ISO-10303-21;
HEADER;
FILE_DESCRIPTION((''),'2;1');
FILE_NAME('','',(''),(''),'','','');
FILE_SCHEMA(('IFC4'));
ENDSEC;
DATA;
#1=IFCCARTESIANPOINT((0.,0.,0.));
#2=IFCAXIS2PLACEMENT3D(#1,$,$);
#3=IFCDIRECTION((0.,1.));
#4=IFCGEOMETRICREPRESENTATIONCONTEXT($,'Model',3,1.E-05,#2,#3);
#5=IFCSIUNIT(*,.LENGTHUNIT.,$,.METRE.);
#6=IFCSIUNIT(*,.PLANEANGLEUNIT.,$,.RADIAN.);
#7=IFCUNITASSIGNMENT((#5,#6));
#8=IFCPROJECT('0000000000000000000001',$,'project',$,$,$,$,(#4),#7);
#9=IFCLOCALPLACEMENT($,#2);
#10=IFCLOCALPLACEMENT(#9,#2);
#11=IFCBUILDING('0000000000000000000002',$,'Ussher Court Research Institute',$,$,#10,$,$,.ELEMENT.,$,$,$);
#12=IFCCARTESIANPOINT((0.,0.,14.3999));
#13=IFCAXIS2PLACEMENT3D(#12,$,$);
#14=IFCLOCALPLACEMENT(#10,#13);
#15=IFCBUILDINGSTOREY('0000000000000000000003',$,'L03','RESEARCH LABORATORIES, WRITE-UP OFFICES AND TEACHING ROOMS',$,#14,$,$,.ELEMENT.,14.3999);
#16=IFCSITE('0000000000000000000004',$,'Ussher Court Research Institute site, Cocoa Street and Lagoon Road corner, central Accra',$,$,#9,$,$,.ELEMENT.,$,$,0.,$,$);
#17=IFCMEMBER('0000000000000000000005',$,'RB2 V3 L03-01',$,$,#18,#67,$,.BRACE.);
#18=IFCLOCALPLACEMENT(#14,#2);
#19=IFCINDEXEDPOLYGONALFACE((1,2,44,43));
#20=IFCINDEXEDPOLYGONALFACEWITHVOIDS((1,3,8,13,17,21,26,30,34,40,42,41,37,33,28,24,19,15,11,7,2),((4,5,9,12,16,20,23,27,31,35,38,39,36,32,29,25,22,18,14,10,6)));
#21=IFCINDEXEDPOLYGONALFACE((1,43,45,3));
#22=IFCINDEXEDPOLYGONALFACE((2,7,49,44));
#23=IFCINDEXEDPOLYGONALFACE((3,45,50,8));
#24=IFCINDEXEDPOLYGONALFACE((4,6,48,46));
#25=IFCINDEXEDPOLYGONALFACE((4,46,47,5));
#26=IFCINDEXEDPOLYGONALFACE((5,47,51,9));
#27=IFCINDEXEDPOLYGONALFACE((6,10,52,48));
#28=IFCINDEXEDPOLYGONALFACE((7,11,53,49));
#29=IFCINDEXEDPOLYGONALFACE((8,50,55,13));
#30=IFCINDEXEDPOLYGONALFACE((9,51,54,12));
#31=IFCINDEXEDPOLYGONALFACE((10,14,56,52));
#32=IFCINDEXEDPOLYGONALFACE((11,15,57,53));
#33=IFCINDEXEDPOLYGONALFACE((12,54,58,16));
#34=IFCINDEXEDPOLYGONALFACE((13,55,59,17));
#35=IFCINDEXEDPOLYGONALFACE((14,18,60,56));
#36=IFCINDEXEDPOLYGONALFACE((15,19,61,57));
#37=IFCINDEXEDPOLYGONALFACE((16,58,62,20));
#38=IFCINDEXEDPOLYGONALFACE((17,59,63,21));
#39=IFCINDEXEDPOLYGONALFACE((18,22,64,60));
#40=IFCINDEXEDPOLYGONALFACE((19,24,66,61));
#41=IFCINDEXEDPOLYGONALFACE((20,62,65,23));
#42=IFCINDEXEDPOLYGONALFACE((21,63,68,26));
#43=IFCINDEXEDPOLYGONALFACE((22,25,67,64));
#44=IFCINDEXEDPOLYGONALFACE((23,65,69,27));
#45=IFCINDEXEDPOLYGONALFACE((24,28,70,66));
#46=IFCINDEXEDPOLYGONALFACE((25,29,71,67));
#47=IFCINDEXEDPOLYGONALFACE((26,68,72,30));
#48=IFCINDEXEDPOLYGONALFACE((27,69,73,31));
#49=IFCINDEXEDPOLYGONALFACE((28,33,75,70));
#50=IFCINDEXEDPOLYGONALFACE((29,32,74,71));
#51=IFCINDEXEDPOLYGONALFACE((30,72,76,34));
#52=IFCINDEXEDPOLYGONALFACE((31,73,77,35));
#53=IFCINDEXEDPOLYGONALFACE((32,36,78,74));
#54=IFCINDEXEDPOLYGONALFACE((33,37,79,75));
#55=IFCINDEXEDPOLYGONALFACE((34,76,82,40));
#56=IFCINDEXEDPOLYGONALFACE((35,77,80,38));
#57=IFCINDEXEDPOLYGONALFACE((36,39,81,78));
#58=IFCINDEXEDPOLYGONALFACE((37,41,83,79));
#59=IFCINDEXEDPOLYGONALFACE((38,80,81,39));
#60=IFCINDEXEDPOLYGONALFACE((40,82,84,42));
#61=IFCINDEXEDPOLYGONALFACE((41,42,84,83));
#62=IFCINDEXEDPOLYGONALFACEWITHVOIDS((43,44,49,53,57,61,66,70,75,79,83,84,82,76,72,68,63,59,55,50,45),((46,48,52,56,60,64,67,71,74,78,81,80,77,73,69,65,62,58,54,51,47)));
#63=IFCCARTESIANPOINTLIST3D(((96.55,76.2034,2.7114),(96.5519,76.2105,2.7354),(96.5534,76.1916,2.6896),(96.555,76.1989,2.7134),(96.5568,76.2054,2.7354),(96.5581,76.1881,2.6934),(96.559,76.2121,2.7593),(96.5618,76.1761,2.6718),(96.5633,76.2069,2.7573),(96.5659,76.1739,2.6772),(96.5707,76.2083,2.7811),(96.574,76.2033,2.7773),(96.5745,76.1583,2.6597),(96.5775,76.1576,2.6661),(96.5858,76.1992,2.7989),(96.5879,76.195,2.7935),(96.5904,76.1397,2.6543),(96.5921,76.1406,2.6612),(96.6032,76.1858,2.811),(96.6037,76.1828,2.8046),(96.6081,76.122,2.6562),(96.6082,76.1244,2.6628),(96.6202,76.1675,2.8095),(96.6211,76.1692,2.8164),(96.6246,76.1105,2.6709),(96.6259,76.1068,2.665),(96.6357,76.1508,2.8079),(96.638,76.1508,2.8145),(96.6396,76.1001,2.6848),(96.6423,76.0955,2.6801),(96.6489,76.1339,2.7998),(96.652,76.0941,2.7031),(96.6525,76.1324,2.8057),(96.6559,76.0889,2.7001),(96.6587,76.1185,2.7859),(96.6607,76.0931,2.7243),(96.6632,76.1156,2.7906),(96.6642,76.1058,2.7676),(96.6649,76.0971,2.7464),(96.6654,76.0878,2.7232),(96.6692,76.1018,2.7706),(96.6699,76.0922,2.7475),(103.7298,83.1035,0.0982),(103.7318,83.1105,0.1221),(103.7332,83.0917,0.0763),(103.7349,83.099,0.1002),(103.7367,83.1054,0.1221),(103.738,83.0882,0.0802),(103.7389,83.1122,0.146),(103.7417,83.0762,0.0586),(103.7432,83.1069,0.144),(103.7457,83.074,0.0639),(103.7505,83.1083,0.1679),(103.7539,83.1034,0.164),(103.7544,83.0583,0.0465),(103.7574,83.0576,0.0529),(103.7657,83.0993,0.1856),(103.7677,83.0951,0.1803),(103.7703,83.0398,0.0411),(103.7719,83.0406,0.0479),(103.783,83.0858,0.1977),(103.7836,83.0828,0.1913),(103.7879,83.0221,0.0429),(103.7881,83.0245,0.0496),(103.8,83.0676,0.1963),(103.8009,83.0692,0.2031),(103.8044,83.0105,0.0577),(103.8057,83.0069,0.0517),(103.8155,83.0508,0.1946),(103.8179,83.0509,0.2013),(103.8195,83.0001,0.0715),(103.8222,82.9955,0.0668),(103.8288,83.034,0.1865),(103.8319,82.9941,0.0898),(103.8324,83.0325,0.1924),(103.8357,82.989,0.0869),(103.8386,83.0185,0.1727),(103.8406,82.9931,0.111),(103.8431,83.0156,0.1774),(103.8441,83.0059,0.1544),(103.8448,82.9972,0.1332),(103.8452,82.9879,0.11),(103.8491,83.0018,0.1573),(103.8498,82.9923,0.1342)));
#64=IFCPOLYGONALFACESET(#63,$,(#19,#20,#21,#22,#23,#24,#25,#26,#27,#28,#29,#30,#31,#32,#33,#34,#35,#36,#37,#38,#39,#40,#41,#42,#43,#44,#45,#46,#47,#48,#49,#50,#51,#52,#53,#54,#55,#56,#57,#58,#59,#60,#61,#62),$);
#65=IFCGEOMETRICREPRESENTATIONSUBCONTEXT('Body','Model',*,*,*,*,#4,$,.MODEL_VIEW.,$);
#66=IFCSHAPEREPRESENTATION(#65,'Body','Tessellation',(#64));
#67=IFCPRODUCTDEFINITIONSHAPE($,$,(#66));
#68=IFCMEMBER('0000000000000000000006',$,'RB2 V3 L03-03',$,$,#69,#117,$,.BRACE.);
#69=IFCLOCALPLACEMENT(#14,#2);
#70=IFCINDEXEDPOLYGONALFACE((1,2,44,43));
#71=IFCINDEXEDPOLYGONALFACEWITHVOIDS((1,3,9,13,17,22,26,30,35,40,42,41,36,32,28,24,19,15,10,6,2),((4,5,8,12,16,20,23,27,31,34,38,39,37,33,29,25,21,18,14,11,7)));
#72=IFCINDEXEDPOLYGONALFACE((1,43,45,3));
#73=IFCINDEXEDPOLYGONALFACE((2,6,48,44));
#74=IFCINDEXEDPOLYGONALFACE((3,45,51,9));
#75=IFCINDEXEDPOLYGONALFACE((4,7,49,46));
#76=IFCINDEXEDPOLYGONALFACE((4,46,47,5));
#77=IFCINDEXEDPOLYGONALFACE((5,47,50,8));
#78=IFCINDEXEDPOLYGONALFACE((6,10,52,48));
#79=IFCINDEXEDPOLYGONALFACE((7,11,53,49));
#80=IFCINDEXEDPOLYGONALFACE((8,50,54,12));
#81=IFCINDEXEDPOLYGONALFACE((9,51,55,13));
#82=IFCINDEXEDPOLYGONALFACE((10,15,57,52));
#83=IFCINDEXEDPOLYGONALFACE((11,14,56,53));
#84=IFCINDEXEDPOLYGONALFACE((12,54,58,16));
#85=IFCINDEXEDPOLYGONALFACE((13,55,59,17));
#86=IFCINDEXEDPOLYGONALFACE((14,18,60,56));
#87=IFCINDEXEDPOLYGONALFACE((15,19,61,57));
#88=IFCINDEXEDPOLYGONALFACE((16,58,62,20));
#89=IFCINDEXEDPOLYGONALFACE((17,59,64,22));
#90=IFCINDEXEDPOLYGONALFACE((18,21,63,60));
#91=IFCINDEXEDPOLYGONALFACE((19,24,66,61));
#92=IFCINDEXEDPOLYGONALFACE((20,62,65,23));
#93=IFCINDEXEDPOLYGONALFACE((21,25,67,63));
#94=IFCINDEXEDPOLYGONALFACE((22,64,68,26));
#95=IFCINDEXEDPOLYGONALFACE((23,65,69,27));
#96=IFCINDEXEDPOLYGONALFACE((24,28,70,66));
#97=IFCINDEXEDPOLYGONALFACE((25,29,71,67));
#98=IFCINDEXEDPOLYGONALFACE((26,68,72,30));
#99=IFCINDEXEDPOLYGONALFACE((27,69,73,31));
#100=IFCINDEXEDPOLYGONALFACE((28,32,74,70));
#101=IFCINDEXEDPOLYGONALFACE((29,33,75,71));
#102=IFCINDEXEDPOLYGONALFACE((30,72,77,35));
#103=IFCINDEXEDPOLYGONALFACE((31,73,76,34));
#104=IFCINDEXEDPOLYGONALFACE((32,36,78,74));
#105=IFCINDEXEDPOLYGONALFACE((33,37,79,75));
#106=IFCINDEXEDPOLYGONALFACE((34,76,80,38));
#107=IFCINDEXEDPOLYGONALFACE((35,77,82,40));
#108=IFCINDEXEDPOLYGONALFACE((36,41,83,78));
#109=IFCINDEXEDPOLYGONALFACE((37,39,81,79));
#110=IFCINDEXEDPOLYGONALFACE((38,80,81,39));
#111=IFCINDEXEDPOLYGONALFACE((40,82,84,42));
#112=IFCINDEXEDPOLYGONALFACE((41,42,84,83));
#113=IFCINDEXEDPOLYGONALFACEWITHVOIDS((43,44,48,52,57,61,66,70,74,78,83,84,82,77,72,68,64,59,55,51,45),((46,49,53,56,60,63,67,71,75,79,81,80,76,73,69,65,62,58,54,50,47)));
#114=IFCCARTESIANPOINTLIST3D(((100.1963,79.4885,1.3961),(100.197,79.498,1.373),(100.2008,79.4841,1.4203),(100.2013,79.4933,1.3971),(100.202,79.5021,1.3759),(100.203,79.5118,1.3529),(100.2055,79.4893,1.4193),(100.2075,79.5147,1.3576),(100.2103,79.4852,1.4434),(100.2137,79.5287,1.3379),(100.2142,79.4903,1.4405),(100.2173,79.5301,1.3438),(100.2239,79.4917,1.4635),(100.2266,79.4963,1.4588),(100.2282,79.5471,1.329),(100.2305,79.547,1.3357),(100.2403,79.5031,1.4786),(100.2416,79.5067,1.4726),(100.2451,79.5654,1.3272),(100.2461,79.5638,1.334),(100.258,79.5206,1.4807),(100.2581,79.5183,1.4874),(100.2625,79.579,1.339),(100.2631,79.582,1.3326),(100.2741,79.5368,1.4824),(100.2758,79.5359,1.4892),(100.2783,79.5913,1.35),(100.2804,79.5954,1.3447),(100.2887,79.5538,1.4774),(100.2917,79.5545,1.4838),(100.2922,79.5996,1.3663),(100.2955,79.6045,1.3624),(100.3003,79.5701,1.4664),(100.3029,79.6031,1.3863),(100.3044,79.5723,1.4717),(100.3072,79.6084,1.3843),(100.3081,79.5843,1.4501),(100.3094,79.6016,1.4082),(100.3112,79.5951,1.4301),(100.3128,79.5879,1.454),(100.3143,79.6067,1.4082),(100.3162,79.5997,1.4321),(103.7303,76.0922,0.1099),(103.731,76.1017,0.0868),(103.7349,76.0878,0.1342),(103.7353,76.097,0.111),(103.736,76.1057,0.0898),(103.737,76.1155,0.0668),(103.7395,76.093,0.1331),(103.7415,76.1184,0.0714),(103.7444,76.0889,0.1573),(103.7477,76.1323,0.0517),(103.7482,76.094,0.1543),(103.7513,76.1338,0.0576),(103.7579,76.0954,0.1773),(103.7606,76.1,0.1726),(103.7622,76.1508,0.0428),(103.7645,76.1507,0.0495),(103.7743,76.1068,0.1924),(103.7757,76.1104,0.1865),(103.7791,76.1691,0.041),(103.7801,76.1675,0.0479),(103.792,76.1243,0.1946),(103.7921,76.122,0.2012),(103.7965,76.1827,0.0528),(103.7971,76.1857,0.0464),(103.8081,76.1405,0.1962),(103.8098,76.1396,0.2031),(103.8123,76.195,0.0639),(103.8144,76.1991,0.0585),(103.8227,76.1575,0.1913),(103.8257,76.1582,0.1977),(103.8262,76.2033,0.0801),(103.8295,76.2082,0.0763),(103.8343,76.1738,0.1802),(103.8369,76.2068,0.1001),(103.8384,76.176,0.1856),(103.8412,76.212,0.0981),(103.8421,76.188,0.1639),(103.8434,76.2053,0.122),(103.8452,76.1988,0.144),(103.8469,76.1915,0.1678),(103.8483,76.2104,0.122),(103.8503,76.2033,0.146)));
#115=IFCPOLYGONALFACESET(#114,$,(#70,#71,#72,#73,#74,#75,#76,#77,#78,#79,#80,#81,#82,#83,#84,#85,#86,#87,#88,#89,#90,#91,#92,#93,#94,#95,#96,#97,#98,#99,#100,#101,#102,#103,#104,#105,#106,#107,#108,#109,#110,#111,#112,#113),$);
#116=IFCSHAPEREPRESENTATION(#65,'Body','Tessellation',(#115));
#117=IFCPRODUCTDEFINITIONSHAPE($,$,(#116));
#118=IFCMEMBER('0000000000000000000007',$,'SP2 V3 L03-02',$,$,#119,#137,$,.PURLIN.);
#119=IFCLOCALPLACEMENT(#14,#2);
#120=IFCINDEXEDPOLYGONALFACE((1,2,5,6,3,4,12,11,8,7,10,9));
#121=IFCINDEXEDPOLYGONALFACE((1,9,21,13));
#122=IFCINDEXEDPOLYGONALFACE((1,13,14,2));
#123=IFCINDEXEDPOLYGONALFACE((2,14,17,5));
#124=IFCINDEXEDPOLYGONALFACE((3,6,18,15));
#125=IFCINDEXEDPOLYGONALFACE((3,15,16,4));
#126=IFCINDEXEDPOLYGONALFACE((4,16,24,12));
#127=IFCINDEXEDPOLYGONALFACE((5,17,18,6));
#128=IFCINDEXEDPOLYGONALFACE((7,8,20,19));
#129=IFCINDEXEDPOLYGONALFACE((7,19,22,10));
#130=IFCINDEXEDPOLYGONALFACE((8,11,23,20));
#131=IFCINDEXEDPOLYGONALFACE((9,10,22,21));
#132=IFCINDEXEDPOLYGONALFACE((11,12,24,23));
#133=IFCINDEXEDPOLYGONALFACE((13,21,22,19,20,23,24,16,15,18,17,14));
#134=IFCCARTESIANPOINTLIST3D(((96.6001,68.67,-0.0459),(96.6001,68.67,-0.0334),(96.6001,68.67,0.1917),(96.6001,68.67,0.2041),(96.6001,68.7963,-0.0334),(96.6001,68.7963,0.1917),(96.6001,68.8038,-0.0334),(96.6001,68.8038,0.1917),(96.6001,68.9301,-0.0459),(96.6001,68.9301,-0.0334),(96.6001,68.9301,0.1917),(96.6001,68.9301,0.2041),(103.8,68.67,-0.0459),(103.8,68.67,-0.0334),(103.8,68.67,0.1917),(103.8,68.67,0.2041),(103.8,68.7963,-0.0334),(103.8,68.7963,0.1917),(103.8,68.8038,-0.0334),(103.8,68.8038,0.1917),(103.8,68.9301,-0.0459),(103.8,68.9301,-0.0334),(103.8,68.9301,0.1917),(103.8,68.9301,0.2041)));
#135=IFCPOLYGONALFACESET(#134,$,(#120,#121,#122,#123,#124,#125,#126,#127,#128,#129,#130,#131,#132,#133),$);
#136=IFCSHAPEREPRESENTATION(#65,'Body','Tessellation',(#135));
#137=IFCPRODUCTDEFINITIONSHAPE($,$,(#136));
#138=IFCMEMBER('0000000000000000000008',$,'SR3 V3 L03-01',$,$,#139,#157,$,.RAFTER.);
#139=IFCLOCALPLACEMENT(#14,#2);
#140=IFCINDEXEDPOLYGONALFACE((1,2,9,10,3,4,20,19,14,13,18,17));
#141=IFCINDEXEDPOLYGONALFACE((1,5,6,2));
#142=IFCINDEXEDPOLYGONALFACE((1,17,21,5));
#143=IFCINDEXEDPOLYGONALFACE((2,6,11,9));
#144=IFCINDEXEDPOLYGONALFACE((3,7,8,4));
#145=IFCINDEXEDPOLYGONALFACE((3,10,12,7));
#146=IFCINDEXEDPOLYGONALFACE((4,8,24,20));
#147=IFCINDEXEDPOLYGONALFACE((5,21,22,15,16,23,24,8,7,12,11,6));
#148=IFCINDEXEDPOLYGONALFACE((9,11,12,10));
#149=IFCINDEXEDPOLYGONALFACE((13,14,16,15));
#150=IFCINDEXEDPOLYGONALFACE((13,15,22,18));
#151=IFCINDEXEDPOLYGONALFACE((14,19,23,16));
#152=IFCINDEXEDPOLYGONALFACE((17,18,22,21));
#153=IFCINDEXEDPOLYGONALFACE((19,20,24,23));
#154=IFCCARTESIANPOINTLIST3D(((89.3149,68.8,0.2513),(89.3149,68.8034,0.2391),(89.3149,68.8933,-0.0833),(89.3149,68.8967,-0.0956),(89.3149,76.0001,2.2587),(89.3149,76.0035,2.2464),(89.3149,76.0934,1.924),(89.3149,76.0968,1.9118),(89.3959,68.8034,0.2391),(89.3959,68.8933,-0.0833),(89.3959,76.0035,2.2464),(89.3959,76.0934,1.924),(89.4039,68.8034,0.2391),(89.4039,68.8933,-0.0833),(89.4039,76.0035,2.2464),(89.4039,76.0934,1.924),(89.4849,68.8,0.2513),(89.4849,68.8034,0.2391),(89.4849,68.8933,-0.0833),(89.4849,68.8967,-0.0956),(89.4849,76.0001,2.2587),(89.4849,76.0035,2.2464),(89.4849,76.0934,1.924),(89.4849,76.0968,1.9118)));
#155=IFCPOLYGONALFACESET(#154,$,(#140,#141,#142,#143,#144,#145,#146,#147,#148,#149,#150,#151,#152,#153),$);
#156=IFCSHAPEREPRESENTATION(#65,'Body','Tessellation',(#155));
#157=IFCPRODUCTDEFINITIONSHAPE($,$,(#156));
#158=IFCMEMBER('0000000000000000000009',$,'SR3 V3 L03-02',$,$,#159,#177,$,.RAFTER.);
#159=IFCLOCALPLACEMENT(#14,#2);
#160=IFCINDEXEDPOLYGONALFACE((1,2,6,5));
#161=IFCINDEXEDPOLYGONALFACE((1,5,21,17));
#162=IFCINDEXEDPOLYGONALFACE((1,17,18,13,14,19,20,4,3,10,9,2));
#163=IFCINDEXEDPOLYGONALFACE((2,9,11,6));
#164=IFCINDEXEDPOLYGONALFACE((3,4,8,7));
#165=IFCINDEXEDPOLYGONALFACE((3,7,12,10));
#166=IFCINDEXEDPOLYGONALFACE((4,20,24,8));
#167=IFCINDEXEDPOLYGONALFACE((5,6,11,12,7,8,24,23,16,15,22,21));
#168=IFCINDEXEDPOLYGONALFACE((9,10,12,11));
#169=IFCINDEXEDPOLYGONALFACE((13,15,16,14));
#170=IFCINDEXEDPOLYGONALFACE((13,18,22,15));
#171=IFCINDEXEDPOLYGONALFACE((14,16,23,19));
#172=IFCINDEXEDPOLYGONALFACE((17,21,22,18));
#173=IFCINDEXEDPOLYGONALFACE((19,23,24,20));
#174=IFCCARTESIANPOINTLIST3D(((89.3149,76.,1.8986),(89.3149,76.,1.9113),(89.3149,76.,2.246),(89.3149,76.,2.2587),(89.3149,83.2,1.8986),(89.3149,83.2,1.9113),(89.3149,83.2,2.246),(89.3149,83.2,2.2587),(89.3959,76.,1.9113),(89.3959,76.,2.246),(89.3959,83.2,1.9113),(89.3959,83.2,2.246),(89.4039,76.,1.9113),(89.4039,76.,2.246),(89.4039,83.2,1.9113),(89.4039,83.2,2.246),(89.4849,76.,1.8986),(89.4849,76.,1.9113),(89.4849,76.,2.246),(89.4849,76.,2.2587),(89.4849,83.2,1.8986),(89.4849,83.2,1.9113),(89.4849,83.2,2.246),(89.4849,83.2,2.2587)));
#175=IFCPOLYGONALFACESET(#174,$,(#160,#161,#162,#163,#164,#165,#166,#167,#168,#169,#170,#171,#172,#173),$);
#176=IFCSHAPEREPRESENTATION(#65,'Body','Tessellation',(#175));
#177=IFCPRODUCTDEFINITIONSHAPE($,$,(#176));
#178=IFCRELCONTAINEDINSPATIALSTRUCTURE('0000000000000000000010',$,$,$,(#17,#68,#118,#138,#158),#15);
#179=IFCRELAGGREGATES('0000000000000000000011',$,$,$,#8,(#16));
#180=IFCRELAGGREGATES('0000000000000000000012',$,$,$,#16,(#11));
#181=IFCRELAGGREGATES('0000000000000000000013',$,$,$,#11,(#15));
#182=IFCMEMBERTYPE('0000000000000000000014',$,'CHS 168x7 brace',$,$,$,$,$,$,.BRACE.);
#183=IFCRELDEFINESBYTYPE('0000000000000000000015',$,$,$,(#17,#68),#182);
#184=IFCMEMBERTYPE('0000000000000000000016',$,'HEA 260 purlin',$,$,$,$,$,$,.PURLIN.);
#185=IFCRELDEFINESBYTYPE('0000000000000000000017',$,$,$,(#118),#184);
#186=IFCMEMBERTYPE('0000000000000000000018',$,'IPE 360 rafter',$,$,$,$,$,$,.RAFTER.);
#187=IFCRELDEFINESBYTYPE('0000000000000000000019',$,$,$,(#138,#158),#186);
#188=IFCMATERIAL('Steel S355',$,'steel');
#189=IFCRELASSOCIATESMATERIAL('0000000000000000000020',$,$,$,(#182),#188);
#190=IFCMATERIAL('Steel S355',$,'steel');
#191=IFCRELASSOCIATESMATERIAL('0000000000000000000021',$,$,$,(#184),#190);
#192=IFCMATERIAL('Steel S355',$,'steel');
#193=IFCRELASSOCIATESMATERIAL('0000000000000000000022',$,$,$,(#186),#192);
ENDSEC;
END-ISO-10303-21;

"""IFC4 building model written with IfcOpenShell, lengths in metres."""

from ifc_helpers import new_model, si_unit, direction, frame, origin, origin_2d, place, context, subcontext, project, spatial, hollow_circle, i_section, extrude, material, material_profile, profile_set, type_object, element, save


model = new_model("IFC4")

# Units and contexts
model_context = context("Model", 3, precision=1e-05, world=origin(), true_north=direction((0.0, 1.0)))
body_context = subcontext(model_context, "Body", "Model", "MODEL_VIEW")
ifc_project = project(units=[si_unit("LENGTHUNIT", "METRE"), si_unit("PLANEANGLEUNIT", "RADIAN")], contexts=[model_context])

# Site, building, storey
site_placement = place(None, origin())
site = spatial("IfcSite", under=ifc_project, at=site_placement, Name="Ussher Court Research Institute site, Cocoa Street and Lagoon Road corner, central Accra", CompositionType="ELEMENT", RefElevation=0.0)
building_placement = place(site_placement, origin())
building = spatial("IfcBuilding", under=site, at=building_placement, Name="Ussher Court Research Institute", CompositionType="ELEMENT")
storey_placement = place(building_placement, frame((0.0, 0.0, 14.3999)))
storey = spatial("IfcBuildingStorey", under=building, at=storey_placement, Name="L03", Description="RESEARCH LABORATORIES, WRITE-UP OFFICES AND TEACHING ROOMS", CompositionType="ELEMENT", Elevation=14.3999)

# Members
ifc_material_1 = material(Name="Steel S355", Category="steel")
ifc_material_profile_1 = material_profile(ifc_material_1, hollow_circle(Radius=0.084, WallThickness=0.0071, at=origin_2d()), Name="CHS 168x7")
ifc_profile_set_1 = profile_set([ifc_material_profile_1], Name="Steel S355")
member_type_1 = type_object("IfcMemberType", Name="CHS 168x7 brace", PredefinedType="BRACE", material=ifc_profile_set_1)
member_1_placement = place(storey_placement, frame((96.6101, 76.1499, 2.7354), z_axis=(0.697401, 0.670225, -0.253833), x_axis=(-0.692919, 0.721015, 0.0)))
element("IfcMember", 1, at=member_1_placement, inside=storey, type_object=member_type_1, Name="RB2 V3 L03-01", PredefinedType="BRACE", context=body_context, shape_type="SweptSolid", body=[
    extrude(hollow_circle(Radius=0.084, WallThickness=0.0071, at=origin_2d()), origin(), (0.0, 0.0, 1.0), 10.2952),
])
member_2_placement = place(storey_placement, frame((100.2561, 79.5461, 1.4082), z_axis=(0.697403, -0.67023, -0.253811), x_axis=(0.692921, 0.721014, 0.0)))
element("IfcMember", 2, at=member_2_placement, inside=storey, type_object=member_type_1, Name="RB2 V3 L03-03", PredefinedType="BRACE", context=body_context, shape_type="SweptSolid", body=[
    extrude(hollow_circle(Radius=0.084, WallThickness=0.0071, at=origin_2d()), origin(), (0.0, 0.0, 1.0), 5.0674),
])
ifc_material_2 = material(Name="Steel S355", Category="steel")
ifc_material_profile_2 = material_profile(ifc_material_2, i_section(OverallWidth=0.26, OverallDepth=0.25, WebThickness=0.0076, FlangeThickness=0.0125, at=origin_2d()), Name="HEA 260")
ifc_profile_set_2 = profile_set([ifc_material_profile_2], Name="Steel S355")
member_type_2 = type_object("IfcMemberType", Name="HEA 260 purlin", PredefinedType="PURLIN", material=ifc_profile_set_2)
member_3_placement = place(storey_placement, frame((96.6001, 68.8, 0.0791), z_axis=(1.0, 0.0, 0.0), x_axis=(0.0, 1.0, 0.0)))
element("IfcMember", 3, at=member_3_placement, inside=storey, type_object=member_type_2, Name="SP2 V3 L03-02", PredefinedType="PURLIN", context=body_context, shape_type="SweptSolid", body=[
    extrude(i_section(OverallWidth=0.26, OverallDepth=0.25, WebThickness=0.0076, FlangeThickness=0.0125, at=origin_2d()), origin(), (0.0, 0.0, 1.0), 7.2),
])
ifc_material_3 = material(Name="Steel S355", Category="steel")
ifc_material_profile_3 = material_profile(ifc_material_3, i_section(OverallWidth=0.1699, OverallDepth=0.3601, WebThickness=0.0081, FlangeThickness=0.0127, at=origin_2d()), Name="IPE 360")
ifc_profile_set_3 = profile_set([ifc_material_profile_3], Name="Steel S355")
member_type_3 = type_object("IfcMemberType", Name="IPE 360 rafter", PredefinedType="RAFTER", material=ifc_profile_set_3)
member_4_placement = place(storey_placement, frame((89.3999, 68.8484, 0.0779), z_axis=(0.0, 0.963264, 0.268555), x_axis=(-1.0, 0.0, 0.0)))
element("IfcMember", 4, at=member_4_placement, inside=storey, type_object=member_type_3, Name="SR3 V3 L03-01", PredefinedType="RAFTER", context=body_context, shape_type="SweptSolid", body=[
    extrude(i_section(OverallWidth=0.1699, OverallDepth=0.3601, WebThickness=0.0081, FlangeThickness=0.0127, at=origin_2d()), origin(), (0.0, 0.0, 1.0), 7.4746),
])
member_5_placement = place(storey_placement, frame((89.3999, 76.0, 2.0786), z_axis=(0.0, 1.0, 0.0), x_axis=(-1.0, 0.0, 0.0)))
element("IfcMember", 5, at=member_5_placement, inside=storey, type_object=member_type_3, Name="SR3 V3 L03-02", PredefinedType="RAFTER", context=body_context, shape_type="SweptSolid", body=[
    extrude(i_section(OverallWidth=0.1699, OverallDepth=0.3601, WebThickness=0.0081, FlangeThickness=0.0127, at=origin_2d()), origin(), (0.0, 0.0, 1.0), 7.2),
])

save(model, "model.ifc")
